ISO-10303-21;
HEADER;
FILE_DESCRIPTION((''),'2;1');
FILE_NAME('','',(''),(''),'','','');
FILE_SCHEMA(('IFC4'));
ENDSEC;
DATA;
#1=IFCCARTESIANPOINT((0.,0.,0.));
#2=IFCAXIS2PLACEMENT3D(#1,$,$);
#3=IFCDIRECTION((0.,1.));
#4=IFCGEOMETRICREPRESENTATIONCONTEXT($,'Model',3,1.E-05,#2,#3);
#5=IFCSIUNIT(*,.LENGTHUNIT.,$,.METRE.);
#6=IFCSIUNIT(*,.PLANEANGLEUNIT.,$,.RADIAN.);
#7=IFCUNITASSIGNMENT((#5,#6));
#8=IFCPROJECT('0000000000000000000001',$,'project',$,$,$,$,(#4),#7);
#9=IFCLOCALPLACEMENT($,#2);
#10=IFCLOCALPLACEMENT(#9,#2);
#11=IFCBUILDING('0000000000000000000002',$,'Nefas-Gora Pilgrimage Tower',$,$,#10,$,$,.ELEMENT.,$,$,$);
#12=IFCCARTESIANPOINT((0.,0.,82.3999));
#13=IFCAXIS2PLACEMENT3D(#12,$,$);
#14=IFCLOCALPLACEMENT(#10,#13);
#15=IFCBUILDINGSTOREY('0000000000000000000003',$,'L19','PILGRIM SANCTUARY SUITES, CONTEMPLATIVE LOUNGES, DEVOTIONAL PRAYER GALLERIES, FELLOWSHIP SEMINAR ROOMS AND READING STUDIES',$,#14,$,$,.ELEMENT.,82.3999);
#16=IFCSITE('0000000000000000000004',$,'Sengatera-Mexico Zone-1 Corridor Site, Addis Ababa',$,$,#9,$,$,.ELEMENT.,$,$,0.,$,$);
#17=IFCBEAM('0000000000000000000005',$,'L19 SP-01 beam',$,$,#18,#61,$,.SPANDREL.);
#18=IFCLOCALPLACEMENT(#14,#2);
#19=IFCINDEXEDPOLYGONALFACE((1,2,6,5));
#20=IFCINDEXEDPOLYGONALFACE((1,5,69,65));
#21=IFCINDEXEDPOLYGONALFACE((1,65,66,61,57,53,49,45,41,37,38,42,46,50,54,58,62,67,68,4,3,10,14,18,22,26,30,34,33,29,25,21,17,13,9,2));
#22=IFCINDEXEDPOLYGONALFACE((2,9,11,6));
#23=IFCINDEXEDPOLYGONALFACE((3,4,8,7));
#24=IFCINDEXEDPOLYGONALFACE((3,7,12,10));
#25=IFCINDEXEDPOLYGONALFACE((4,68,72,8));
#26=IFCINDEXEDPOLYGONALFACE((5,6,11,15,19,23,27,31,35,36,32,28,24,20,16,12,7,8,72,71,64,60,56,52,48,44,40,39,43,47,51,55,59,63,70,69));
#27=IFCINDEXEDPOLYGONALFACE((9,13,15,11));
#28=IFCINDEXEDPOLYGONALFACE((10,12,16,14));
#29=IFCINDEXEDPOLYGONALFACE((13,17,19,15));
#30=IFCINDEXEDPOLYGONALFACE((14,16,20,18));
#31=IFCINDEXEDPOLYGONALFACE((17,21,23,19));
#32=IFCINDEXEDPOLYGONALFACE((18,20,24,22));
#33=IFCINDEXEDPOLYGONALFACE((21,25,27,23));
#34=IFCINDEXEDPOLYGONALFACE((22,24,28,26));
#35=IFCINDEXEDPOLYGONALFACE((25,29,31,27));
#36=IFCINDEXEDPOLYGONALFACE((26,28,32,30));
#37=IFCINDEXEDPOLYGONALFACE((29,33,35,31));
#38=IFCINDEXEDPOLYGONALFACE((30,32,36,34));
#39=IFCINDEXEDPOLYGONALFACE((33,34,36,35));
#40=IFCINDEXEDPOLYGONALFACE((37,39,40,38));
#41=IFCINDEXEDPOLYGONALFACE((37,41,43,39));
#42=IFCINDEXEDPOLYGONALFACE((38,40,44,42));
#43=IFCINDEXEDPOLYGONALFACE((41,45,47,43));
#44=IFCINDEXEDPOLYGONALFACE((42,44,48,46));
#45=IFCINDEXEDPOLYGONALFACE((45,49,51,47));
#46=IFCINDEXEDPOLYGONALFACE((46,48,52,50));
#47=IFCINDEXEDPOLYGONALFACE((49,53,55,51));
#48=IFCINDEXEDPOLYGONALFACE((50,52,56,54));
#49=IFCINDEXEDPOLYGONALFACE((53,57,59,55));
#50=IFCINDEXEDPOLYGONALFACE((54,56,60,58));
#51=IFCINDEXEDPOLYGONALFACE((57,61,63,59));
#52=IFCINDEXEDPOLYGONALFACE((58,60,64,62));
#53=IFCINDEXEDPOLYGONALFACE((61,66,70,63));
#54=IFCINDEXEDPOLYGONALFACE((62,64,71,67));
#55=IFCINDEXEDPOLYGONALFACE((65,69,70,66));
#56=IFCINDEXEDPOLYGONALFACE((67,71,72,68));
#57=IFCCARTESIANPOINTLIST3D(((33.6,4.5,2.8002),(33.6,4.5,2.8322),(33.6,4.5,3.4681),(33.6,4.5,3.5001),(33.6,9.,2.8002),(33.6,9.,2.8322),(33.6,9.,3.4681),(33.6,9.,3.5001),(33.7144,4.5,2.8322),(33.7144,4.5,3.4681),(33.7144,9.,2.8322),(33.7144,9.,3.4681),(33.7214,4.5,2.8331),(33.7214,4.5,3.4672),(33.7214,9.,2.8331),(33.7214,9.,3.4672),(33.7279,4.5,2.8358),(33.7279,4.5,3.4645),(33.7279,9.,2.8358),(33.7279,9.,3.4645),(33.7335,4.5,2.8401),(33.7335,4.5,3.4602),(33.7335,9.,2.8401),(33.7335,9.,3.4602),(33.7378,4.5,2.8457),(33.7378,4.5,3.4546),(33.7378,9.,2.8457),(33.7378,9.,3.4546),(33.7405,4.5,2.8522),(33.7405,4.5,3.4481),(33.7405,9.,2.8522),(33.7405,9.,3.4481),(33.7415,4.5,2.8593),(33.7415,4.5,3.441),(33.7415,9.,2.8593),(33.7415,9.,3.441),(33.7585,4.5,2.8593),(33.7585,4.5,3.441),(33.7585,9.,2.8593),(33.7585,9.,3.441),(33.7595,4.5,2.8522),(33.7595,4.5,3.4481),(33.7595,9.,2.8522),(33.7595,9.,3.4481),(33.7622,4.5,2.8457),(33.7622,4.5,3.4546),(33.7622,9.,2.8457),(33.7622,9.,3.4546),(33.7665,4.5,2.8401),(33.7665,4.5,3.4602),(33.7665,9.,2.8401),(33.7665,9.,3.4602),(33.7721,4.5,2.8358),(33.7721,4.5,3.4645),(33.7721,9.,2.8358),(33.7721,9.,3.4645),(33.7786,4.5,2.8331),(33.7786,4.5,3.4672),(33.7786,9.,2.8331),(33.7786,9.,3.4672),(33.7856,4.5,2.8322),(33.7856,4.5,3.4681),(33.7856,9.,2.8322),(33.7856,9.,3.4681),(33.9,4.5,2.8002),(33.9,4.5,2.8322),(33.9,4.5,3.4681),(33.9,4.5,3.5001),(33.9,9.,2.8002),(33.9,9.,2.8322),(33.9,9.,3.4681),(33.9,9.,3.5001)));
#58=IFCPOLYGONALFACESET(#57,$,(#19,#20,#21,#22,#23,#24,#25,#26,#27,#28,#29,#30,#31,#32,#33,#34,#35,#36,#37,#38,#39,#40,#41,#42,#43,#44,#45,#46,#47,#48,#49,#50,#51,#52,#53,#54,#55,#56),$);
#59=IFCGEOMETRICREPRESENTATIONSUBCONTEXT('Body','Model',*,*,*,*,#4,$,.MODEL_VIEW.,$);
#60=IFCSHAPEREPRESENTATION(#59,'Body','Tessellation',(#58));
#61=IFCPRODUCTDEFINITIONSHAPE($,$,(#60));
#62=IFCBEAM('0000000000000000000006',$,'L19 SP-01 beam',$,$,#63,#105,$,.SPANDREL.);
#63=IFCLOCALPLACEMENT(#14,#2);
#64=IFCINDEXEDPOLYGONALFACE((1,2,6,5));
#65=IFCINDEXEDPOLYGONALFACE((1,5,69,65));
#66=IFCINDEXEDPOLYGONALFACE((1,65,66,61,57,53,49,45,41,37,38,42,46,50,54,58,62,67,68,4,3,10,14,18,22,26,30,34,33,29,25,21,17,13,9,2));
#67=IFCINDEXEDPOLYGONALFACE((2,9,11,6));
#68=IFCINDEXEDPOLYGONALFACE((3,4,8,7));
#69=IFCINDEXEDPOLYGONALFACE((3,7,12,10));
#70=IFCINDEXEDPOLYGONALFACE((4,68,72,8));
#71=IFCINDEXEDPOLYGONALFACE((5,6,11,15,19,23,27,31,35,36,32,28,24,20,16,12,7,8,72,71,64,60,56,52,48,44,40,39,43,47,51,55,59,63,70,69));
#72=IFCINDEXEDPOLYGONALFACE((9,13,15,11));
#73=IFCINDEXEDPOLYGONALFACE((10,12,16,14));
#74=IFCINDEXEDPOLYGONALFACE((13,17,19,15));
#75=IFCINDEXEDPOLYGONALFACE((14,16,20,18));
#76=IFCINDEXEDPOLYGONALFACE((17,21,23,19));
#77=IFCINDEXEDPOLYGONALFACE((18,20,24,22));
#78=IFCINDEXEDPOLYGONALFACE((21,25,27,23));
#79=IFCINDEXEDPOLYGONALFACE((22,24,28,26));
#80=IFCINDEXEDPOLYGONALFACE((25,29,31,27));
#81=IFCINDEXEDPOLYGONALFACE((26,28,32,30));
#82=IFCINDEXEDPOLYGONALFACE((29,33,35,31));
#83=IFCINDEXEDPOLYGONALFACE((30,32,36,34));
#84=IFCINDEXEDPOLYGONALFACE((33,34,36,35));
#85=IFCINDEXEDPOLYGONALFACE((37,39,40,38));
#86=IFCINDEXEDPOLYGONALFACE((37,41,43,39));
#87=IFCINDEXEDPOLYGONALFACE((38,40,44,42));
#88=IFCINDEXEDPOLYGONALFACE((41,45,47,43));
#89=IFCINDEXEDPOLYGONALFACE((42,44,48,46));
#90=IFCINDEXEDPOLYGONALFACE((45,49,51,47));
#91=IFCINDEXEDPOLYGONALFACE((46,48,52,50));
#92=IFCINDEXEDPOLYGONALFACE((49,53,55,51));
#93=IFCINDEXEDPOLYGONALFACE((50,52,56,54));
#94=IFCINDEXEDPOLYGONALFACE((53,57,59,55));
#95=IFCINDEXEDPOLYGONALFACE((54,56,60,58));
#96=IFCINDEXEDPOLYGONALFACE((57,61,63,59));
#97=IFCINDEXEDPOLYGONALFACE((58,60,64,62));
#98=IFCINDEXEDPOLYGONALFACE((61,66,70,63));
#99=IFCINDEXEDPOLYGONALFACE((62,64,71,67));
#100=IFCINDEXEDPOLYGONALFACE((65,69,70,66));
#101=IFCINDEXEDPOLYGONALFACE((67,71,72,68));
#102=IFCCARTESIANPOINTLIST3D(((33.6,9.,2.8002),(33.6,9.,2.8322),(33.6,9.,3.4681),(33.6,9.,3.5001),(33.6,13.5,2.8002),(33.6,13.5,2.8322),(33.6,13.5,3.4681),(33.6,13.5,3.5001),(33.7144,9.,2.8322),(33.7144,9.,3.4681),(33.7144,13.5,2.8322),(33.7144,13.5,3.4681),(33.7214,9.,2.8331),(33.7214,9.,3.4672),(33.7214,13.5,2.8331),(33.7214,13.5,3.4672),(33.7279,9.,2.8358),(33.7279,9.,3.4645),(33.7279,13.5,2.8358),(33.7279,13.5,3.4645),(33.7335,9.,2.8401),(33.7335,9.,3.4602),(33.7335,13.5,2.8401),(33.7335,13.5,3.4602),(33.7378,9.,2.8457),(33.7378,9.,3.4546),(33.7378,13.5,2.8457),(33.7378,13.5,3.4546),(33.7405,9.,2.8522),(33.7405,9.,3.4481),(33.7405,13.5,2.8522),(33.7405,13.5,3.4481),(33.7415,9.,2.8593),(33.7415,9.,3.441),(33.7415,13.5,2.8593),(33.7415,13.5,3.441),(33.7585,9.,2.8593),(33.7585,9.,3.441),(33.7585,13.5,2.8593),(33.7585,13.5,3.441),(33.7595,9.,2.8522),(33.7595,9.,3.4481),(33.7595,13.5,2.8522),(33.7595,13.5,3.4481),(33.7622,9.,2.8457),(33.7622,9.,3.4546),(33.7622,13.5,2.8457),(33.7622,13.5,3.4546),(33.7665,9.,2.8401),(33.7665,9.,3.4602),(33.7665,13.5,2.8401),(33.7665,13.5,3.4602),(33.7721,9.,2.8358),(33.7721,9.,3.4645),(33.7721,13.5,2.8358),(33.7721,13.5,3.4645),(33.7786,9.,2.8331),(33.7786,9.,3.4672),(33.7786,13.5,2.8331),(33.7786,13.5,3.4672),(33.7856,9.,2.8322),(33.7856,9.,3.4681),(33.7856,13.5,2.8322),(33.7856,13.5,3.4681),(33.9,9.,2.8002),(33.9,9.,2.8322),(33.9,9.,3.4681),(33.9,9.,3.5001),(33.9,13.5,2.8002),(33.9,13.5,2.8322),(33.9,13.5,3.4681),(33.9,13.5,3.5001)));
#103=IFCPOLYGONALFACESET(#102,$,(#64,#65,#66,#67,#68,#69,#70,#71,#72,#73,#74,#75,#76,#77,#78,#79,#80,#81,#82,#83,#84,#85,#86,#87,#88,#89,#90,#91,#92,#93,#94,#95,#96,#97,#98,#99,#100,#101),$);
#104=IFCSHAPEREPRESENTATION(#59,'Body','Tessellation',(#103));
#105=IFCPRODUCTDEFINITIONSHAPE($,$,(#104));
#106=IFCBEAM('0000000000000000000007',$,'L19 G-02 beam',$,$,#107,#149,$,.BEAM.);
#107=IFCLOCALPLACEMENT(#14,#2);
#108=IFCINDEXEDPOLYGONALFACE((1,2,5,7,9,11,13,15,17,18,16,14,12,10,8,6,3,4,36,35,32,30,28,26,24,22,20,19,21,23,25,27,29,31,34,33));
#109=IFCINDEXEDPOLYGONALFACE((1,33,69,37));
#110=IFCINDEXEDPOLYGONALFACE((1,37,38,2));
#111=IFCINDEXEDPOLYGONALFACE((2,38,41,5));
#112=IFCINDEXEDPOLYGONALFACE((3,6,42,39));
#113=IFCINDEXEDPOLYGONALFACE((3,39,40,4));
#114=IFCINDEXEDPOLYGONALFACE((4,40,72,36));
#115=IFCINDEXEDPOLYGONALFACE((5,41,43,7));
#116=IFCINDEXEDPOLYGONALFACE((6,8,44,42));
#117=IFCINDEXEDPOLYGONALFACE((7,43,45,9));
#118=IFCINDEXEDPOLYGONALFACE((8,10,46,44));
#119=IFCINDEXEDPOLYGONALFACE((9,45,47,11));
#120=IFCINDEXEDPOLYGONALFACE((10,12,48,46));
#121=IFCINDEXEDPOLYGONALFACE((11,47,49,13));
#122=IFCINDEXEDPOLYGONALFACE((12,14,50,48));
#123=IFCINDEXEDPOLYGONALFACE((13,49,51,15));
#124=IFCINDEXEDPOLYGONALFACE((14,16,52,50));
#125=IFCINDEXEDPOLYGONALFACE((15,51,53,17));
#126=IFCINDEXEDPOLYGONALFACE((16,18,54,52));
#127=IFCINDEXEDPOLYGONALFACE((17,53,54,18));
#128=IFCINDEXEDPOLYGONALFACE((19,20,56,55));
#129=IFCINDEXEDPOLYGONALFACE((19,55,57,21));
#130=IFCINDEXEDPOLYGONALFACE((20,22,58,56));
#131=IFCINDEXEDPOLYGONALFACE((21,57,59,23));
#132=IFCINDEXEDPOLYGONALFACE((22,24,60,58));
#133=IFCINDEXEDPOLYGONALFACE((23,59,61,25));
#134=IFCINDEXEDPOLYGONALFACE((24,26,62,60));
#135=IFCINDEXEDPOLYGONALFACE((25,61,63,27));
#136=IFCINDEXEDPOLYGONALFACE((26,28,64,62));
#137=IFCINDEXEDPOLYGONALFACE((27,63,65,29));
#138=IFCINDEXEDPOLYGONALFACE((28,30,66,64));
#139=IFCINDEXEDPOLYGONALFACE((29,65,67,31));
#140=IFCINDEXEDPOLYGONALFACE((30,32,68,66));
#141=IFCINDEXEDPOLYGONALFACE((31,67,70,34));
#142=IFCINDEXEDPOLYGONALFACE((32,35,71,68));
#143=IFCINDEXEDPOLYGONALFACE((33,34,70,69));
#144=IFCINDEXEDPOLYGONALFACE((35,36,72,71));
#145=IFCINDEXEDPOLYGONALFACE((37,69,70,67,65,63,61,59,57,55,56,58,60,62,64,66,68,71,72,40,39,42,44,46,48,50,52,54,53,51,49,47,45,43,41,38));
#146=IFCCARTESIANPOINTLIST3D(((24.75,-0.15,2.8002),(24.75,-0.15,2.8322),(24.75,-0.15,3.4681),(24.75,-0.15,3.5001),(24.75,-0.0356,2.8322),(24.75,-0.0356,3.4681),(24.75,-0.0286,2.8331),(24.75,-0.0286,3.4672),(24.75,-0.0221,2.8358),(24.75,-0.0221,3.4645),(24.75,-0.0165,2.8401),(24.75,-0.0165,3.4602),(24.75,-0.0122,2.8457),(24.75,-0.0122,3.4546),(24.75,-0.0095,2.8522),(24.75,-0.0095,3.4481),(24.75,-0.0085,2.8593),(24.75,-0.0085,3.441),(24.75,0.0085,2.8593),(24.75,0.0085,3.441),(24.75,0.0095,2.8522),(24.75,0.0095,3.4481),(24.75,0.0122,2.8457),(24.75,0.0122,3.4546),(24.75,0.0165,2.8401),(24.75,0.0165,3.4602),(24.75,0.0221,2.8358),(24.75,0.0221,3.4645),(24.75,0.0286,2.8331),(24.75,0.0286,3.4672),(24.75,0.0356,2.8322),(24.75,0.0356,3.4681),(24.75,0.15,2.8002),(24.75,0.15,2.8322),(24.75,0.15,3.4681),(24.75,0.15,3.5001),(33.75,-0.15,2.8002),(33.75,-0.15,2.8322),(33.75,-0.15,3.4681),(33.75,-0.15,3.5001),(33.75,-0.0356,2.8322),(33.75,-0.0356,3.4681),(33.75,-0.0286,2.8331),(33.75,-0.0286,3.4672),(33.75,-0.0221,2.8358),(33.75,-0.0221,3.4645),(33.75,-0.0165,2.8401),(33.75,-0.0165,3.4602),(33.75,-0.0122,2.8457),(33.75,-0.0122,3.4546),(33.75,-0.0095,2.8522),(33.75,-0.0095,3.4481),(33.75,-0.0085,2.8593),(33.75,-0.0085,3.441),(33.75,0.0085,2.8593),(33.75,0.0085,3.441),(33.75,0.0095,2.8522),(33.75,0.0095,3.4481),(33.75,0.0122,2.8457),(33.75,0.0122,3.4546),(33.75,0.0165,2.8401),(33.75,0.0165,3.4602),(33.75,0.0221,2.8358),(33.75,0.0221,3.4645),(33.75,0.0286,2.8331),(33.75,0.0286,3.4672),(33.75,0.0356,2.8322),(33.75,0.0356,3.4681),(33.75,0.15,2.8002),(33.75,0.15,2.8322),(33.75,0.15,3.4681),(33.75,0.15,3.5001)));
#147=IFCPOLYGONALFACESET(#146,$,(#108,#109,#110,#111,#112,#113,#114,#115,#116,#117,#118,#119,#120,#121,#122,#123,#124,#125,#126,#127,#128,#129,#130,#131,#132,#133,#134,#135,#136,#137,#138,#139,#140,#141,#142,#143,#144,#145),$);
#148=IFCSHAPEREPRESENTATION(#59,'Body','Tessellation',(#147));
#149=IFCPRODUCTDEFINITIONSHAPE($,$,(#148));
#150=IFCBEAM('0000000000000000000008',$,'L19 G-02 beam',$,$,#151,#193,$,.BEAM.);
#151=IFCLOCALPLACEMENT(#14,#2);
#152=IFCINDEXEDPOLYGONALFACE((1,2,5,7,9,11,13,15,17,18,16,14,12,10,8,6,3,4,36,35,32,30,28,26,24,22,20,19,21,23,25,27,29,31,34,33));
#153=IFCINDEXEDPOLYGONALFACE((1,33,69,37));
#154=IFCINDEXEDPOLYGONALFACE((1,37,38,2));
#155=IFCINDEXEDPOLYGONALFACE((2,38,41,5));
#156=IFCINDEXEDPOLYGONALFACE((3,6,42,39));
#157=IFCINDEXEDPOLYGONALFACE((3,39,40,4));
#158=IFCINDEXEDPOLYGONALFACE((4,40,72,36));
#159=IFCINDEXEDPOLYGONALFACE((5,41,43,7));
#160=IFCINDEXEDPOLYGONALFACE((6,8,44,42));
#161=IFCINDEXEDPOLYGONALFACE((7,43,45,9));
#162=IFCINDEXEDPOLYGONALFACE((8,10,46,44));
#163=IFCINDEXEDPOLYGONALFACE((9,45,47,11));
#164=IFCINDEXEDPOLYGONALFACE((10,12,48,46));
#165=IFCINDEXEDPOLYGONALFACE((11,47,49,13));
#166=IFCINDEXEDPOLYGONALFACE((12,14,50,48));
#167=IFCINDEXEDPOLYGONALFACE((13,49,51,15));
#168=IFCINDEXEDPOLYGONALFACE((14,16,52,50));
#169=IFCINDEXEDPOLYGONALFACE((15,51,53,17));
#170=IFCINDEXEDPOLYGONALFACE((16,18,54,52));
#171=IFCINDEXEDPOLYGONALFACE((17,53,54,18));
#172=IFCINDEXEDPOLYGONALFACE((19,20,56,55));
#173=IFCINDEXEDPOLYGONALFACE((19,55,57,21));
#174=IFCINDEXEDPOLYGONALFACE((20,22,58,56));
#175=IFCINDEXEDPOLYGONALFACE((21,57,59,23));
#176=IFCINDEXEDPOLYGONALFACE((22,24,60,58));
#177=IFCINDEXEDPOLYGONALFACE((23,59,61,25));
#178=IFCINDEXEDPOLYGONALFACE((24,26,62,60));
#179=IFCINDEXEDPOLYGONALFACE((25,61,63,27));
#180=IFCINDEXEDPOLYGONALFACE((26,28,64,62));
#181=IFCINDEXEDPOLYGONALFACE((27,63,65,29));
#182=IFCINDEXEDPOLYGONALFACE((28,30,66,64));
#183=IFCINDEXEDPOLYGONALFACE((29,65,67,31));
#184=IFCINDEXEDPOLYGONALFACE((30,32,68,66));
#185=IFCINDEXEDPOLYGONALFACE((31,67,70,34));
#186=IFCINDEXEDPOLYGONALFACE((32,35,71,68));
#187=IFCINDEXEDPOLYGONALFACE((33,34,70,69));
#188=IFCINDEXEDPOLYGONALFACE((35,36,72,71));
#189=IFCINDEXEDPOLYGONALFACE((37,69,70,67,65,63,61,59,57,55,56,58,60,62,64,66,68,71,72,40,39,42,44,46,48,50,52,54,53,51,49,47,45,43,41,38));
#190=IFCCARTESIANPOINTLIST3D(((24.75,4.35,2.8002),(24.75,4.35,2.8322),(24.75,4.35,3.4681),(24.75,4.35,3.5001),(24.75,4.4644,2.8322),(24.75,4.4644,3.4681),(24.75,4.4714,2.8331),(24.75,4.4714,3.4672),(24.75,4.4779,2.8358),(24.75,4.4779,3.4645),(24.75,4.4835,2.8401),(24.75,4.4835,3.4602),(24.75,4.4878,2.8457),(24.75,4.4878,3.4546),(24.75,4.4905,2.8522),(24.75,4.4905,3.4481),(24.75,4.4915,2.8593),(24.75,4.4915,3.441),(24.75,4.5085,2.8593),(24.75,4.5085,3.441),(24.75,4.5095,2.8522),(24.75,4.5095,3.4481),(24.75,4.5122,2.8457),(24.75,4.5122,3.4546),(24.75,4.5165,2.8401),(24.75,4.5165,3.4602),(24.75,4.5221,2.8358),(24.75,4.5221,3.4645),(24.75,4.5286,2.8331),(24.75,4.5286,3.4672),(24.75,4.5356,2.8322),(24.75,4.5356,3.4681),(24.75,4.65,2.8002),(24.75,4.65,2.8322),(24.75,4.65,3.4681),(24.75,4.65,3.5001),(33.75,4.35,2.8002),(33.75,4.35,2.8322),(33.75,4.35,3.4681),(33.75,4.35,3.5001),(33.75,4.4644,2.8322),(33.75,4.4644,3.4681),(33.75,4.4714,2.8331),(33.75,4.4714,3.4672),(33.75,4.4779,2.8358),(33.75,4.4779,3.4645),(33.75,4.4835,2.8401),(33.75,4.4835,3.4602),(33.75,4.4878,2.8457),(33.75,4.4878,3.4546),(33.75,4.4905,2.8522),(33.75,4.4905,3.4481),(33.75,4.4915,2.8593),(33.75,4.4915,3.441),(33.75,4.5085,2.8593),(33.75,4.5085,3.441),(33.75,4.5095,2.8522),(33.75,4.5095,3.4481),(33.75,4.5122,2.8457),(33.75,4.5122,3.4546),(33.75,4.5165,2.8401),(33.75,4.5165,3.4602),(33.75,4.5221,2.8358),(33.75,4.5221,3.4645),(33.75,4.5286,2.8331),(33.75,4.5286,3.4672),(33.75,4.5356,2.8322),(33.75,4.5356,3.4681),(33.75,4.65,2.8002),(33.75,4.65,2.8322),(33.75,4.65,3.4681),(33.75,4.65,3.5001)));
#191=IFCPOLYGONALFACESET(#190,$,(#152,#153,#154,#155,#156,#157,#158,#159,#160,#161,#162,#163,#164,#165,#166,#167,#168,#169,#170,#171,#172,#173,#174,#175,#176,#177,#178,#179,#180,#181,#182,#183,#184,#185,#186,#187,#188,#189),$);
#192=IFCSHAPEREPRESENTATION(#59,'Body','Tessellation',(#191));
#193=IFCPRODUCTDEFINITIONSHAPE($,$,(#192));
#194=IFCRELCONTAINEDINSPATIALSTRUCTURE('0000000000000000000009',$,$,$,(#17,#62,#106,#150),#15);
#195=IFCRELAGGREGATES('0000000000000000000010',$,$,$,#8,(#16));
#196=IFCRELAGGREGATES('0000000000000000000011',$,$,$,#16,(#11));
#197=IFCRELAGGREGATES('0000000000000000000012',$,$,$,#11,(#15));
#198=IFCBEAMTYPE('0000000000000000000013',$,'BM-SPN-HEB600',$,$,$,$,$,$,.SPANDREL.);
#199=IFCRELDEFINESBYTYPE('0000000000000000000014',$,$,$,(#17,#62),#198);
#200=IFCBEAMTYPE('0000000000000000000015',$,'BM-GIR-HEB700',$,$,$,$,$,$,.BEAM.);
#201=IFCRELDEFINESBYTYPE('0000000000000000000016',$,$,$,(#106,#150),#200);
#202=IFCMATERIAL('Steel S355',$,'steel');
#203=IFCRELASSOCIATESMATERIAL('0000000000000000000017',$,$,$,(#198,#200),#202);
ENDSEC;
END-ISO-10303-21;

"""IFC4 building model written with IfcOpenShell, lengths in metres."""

from ifc_helpers import new_model, si_unit, direction, frame, origin, origin_2d, place, context, subcontext, project, spatial, i_section, extrude, source, transform, mapped, material, material_profile, profile_set, type_object, element, save


model = new_model("IFC4")

# Units and contexts
model_context = context("Model", 3, precision=1e-05, world=origin(), true_north=direction((0.0, 1.0)))
body_context = subcontext(model_context, "Body", "Model", "MODEL_VIEW")
ifc_project = project(units=[si_unit("LENGTHUNIT", "METRE"), si_unit("PLANEANGLEUNIT", "RADIAN")], contexts=[model_context])

# Site, building, storey
site_placement = place(None, origin())
site = spatial("IfcSite", under=ifc_project, at=site_placement, Name="Sengatera-Mexico Zone-1 Corridor Site, Addis Ababa", CompositionType="ELEMENT", RefElevation=0.0)
building_placement = place(site_placement, origin())
building = spatial("IfcBuilding", under=site, at=building_placement, Name="Nefas-Gora Pilgrimage Tower", CompositionType="ELEMENT")
storey_placement = place(building_placement, frame((0.0, 0.0, 82.3999)))
storey = spatial("IfcBuildingStorey", under=building, at=storey_placement, Name="L19", Description="PILGRIM SANCTUARY SUITES, CONTEMPLATIVE LOUNGES, DEVOTIONAL PRAYER GALLERIES, FELLOWSHIP SEMINAR ROOMS AND READING STUDIES", CompositionType="ELEMENT", Elevation=82.3999)

# Beams
ifc_material_1 = material(Name="Steel S355", Category="steel")
ifc_material_profile_1 = material_profile(ifc_material_1, i_section(OverallWidth=0.3, OverallDepth=0.7, WebThickness=0.0171, FlangeThickness=0.032, FilletRadius=0.0271, at=origin_2d()), Name="HEB 700")
ifc_profile_set_1 = profile_set([ifc_material_profile_1], Name="Steel S355")
beam_type_1 = type_object("IfcBeamType", Name="BM-SPN-HEB600", PredefinedType="SPANDREL", material=ifc_profile_set_1)
shared_shape_1 = source(origin(), body_context, "Body", "SweptSolid", [
    extrude(i_section(OverallWidth=0.3, OverallDepth=0.7, WebThickness=0.0171, FlangeThickness=0.032, FilletRadius=0.0271, at=origin_2d()), origin(), (0.0, 0.0, 1.0), 4.5),
])
for number, where, z_axis, x_axis, name in (
    (1, (33.75, 4.5, 3.1501), (0.0, 1.0, 0.0), (-1.0, 0.0, 0.0), "L19 SP-01 beam"),
    (2, (33.75, 9.0, 3.1501), (0.0, 1.0, 0.0), (-1.0, 0.0, 0.0), "L19 SP-01 beam"),
):
    element("IfcBeam", number, at=place(storey_placement, frame(where, z_axis=z_axis, x_axis=x_axis)), inside=storey, type_object=beam_type_1, Name=name, PredefinedType="SPANDREL", context=body_context, shape_type="MappedRepresentation", body=[
        mapped(shared_shape_1, transform((0.0, 0.0, 0.0), x_axis=(1.0, 0.0, 0.0), y_axis=(0.0, 1.0, 0.0), z_axis=(0.0, 0.0, 1.0), scale=1.0)),
    ])
ifc_material_profile_2 = material_profile(ifc_material_1, i_section(OverallWidth=0.3, OverallDepth=0.7, WebThickness=0.0171, FlangeThickness=0.032, FilletRadius=0.0271, at=origin_2d()), Name="HEB 700")
ifc_profile_set_2 = profile_set([ifc_material_profile_2], Name="Steel S355")
beam_type_2 = type_object("IfcBeamType", Name="BM-GIR-HEB700", PredefinedType="BEAM", material=ifc_profile_set_2)
shared_shape_2 = source(origin(), body_context, "Body", "SweptSolid", [
    extrude(i_section(OverallWidth=0.3, OverallDepth=0.7, WebThickness=0.0171, FlangeThickness=0.032, FilletRadius=0.0271, at=origin_2d()), origin(), (0.0, 0.0, 1.0), 9.0),
])
for number, where, z_axis, x_axis, name in (
    (3, (24.75, 0.0, 3.1501), (1.0, 0.0, 0.0), (0.0, 1.0, 0.0), "L19 G-02 beam"),
    (4, (24.75, 4.5, 3.1501), (1.0, 0.0, 0.0), (0.0, 1.0, 0.0), "L19 G-02 beam"),
):
    element("IfcBeam", number, at=place(storey_placement, frame(where, z_axis=z_axis, x_axis=x_axis)), inside=storey, type_object=beam_type_2, Name=name, PredefinedType="BEAM", context=body_context, shape_type="MappedRepresentation", body=[
        mapped(shared_shape_2, transform((0.0, 0.0, 0.0), x_axis=(1.0, 0.0, 0.0), y_axis=(0.0, 1.0, 0.0), z_axis=(0.0, 0.0, 1.0), scale=1.0)),
    ])

save(model, "model.ifc")
